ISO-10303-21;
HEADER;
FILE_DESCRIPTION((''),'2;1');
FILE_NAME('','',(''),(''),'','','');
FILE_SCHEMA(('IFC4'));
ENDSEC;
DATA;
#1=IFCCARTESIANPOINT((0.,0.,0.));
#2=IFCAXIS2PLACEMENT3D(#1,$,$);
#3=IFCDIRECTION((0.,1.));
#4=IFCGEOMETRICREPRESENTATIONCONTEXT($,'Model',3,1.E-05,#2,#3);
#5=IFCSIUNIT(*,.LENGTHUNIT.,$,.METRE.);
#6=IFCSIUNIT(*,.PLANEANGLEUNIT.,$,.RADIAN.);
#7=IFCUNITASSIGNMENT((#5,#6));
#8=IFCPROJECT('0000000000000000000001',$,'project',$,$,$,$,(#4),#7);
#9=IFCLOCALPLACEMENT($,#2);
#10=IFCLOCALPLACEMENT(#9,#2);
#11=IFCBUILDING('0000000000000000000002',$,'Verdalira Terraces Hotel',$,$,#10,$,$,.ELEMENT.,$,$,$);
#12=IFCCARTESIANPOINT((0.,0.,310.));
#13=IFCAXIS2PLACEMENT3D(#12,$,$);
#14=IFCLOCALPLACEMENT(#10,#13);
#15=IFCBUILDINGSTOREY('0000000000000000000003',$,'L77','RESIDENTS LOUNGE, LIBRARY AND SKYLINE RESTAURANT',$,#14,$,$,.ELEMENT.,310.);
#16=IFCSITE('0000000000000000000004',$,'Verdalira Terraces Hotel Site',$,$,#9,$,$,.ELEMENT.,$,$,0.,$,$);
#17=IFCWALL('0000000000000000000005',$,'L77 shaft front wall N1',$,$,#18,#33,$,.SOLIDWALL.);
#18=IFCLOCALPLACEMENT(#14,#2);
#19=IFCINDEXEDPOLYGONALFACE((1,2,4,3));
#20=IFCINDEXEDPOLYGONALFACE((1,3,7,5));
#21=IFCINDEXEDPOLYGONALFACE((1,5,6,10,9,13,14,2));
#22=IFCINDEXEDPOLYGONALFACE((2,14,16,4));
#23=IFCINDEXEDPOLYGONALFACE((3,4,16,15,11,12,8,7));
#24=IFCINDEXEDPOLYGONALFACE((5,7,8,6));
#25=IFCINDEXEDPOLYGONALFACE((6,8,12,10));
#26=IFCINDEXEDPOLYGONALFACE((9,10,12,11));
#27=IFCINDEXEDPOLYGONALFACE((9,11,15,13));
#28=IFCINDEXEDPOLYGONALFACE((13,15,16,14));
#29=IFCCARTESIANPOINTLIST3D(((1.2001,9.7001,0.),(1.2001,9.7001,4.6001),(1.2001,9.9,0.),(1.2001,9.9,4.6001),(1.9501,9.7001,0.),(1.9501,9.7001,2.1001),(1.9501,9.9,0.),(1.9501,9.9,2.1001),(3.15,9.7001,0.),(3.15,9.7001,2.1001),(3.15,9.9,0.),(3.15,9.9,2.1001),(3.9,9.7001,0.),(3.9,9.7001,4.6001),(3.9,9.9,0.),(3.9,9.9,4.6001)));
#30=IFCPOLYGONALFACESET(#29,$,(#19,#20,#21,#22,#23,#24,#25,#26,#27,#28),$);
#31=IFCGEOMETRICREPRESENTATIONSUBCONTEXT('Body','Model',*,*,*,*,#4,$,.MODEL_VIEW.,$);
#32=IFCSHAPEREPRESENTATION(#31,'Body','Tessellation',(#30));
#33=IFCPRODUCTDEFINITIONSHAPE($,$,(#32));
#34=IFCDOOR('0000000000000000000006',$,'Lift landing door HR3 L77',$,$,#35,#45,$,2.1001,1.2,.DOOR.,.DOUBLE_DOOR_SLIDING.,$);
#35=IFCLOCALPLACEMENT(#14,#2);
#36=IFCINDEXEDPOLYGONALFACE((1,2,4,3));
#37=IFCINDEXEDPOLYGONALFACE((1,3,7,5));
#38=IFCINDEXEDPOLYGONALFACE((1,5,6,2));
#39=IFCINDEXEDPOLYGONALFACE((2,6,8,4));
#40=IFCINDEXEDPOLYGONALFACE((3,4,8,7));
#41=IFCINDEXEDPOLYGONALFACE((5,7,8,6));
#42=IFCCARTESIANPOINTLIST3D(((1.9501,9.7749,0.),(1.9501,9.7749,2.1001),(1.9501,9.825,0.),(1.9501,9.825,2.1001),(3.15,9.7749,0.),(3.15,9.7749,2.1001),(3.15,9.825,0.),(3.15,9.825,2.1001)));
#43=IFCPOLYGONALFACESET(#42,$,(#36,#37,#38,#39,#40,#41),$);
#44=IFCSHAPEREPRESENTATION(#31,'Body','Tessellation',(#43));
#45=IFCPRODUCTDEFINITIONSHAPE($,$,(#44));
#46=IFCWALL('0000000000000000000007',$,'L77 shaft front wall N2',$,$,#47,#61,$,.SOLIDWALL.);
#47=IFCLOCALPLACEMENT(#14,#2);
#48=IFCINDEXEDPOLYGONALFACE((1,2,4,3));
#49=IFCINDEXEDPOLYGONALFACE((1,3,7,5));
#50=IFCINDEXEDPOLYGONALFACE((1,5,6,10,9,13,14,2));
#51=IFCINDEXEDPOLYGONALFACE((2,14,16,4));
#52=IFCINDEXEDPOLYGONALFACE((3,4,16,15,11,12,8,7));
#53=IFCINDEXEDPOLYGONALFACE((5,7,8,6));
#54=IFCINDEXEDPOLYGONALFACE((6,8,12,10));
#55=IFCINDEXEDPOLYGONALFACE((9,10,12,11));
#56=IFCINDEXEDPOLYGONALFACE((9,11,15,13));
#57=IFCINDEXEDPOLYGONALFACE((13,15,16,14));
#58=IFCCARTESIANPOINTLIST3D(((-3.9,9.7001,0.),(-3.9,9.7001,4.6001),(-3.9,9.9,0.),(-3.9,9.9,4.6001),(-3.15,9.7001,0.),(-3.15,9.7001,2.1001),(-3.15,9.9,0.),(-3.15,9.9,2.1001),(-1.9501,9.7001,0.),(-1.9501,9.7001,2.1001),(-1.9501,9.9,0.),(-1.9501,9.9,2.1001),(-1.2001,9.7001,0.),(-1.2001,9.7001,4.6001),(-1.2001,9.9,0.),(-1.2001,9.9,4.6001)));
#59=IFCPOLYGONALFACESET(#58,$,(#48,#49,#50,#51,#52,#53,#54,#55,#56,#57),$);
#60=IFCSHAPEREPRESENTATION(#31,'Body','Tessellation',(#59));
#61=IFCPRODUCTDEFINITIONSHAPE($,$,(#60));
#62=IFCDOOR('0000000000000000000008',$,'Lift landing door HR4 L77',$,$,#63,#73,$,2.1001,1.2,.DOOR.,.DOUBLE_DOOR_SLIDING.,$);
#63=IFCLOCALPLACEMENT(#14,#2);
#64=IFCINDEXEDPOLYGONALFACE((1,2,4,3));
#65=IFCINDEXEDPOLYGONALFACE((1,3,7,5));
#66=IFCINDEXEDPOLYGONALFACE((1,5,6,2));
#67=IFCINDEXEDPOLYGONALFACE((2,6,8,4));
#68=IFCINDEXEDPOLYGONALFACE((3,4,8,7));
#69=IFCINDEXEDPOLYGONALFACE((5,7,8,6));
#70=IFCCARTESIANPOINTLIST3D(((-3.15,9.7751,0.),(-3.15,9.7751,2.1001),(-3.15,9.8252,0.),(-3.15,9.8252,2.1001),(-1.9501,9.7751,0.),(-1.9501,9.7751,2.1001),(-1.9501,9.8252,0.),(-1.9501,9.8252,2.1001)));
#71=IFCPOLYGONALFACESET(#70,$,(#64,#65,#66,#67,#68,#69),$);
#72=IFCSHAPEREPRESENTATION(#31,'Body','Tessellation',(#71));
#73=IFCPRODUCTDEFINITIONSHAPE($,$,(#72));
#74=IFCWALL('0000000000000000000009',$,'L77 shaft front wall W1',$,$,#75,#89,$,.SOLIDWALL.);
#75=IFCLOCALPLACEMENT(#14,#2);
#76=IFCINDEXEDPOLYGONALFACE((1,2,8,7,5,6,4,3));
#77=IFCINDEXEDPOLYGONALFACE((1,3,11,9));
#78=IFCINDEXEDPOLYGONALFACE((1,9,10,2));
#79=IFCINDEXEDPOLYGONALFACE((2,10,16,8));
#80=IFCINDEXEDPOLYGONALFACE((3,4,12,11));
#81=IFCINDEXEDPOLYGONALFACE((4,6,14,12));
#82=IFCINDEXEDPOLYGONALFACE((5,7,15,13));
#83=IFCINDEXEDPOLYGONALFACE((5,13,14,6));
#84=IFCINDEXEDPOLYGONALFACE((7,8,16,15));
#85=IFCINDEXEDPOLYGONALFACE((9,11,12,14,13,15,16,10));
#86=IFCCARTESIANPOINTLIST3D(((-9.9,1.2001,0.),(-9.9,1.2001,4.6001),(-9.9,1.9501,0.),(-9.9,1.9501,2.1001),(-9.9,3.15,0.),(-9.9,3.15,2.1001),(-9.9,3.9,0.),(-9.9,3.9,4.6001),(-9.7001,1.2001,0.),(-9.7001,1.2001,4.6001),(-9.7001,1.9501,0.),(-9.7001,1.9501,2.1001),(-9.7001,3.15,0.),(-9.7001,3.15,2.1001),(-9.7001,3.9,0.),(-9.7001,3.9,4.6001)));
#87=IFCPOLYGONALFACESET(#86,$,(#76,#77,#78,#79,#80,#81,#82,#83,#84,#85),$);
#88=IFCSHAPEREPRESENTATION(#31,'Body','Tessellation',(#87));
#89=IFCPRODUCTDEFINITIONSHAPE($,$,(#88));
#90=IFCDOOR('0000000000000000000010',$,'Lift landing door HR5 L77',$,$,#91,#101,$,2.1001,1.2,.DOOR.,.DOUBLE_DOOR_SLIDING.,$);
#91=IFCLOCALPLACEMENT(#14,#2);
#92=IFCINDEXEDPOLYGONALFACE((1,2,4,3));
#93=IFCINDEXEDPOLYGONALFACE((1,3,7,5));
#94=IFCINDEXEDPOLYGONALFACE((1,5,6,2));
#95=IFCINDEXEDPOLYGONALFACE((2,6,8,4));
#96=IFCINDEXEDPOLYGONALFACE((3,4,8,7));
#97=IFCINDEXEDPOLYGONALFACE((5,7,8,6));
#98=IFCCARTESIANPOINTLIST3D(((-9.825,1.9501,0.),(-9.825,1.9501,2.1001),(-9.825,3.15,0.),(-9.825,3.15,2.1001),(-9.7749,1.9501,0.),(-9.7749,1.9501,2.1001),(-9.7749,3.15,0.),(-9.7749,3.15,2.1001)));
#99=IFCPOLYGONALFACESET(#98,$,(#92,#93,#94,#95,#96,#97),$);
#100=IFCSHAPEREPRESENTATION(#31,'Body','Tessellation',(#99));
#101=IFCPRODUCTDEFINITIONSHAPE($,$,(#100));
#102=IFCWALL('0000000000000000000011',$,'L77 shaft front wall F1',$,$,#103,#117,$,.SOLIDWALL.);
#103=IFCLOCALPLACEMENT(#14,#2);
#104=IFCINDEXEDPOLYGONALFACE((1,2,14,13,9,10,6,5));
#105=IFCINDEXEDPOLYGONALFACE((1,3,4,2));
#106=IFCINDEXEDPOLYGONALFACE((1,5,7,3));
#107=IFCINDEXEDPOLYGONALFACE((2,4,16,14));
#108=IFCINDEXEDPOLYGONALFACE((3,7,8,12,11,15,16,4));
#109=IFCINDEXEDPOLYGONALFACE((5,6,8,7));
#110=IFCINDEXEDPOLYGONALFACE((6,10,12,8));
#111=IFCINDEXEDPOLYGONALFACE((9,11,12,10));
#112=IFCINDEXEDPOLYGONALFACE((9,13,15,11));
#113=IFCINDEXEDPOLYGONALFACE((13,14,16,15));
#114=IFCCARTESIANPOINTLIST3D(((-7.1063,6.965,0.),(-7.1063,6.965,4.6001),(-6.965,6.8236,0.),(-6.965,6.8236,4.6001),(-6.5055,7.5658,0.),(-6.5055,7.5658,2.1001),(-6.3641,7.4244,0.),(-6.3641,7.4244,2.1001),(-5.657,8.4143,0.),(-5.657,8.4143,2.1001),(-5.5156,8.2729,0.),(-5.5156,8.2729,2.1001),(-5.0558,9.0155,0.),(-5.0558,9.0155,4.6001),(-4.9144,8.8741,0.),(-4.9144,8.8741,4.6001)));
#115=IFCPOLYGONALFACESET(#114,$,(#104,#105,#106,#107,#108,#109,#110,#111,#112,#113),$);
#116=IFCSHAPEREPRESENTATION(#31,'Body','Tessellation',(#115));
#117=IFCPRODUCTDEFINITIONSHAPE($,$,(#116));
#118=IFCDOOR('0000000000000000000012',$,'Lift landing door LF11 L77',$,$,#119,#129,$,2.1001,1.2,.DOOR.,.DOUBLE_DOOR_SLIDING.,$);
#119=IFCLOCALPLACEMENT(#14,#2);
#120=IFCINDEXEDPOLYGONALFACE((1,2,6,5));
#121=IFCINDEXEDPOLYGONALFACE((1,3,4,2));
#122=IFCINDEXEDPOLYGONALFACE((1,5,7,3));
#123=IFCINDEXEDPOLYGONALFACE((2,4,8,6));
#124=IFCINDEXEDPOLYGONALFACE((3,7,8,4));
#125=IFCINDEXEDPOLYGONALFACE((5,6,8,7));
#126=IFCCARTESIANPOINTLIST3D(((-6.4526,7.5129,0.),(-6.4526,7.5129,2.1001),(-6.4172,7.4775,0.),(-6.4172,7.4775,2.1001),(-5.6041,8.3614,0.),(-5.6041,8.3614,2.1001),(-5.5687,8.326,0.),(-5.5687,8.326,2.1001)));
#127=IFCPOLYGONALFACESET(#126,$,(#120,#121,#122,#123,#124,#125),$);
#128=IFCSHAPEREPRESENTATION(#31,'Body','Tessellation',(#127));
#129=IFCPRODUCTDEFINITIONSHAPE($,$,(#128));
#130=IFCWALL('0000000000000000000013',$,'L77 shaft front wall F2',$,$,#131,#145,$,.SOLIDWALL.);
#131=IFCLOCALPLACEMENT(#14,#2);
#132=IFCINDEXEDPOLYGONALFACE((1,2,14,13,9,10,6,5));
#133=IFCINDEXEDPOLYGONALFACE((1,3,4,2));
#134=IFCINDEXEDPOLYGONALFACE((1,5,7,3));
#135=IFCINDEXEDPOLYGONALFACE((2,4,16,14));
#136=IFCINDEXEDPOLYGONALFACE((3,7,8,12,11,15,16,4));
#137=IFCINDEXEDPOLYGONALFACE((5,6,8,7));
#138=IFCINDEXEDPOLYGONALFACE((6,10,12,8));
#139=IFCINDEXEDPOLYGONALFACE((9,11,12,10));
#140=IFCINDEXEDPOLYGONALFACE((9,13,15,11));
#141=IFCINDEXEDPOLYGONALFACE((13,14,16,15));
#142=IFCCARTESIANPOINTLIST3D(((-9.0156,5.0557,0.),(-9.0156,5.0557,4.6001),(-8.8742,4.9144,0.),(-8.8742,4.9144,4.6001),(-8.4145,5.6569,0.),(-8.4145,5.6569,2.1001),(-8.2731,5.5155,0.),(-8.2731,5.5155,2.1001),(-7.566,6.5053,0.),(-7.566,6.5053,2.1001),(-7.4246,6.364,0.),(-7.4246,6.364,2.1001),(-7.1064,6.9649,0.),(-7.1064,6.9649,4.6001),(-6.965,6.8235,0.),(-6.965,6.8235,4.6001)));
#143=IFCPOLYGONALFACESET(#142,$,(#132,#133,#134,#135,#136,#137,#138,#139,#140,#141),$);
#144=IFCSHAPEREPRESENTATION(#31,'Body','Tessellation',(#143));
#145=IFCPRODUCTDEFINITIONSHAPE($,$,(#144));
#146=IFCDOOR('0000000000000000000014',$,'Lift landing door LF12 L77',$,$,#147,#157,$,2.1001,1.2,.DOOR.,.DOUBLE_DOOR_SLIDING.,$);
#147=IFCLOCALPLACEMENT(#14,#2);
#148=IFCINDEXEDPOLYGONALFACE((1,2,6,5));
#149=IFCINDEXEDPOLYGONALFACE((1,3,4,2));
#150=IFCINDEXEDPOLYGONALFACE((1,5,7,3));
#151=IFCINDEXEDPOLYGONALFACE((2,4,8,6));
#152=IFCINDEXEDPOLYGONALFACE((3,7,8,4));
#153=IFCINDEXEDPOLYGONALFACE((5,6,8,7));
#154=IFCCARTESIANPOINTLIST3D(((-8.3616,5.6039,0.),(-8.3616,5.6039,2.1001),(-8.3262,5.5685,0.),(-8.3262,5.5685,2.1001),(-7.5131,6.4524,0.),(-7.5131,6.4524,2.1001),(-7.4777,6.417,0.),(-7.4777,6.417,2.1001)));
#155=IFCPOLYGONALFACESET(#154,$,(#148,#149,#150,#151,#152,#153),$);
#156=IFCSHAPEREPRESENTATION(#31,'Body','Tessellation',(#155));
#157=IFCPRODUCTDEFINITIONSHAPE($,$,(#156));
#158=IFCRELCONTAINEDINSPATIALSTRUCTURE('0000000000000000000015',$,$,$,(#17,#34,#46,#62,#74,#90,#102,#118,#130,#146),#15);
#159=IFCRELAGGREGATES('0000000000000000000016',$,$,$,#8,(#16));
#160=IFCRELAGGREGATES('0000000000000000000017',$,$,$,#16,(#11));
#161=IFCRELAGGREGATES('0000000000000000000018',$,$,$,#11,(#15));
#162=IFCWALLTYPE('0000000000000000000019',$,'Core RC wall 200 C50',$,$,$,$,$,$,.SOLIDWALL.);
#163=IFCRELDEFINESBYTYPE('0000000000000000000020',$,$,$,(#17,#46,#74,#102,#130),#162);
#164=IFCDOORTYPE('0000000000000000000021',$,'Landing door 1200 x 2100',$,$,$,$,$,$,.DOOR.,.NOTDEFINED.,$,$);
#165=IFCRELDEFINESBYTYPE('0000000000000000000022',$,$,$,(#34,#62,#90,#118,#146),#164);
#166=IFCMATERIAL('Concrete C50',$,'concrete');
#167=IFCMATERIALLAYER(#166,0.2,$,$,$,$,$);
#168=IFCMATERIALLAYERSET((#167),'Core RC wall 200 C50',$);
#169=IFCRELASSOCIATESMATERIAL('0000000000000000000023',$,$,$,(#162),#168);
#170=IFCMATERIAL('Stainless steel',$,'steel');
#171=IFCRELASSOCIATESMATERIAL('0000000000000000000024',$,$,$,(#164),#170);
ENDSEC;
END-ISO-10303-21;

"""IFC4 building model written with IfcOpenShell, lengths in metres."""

from ifc_helpers import new_model, si_unit, direction, frame, frame_2d, origin, place, context, subcontext, project, spatial, rectangle, extrude, material, layer, layer_set, type_object, element, fill, save


model = new_model("IFC4")

# Units and contexts
model_context = context("Model", 3, precision=1e-05, world=origin(), true_north=direction((0.0, 1.0)))
body_context = subcontext(model_context, "Body", "Model", "MODEL_VIEW")
ifc_project = project(units=[si_unit("LENGTHUNIT", "METRE"), si_unit("PLANEANGLEUNIT", "RADIAN")], contexts=[model_context])

# Site, building, storey
site_placement = place(None, origin())
site = spatial("IfcSite", under=ifc_project, at=site_placement, Name="Verdalira Terraces Hotel Site", CompositionType="ELEMENT", RefElevation=0.0)
building_placement = place(site_placement, origin())
building = spatial("IfcBuilding", under=site, at=building_placement, Name="Verdalira Terraces Hotel", CompositionType="ELEMENT")
storey_placement = place(building_placement, frame((0.0, 0.0, 310.0)))
storey = spatial("IfcBuildingStorey", under=building, at=storey_placement, Name="L77", Description="RESIDENTS LOUNGE, LIBRARY AND SKYLINE RESTAURANT", CompositionType="ELEMENT", Elevation=310.0)

# Walls, openings, doors
ifc_material_1 = material(Name="Concrete C50", Category="concrete")
ifc_layer_1 = layer(ifc_material_1, 0.2)
ifc_layer_set_1 = layer_set([ifc_layer_1], Name="Core RC wall 200 C50")
wall_type_1 = type_object("IfcWallType", Name="Core RC wall 200 C50", PredefinedType="SOLIDWALL", material=ifc_layer_set_1)
wall_1_placement = place(storey_placement, frame((1.2, 9.8, 0.0), z_axis=(0.0, 0.0, 1.0), x_axis=(1.0, 0.0, 0.0)))
wall_1 = element("IfcWall", 1, at=wall_1_placement, inside=storey, type_object=wall_type_1, Name="L77 shaft front wall N1", PredefinedType="SOLIDWALL", context=body_context, shape_type="SweptSolid", body=[
    extrude(rectangle(XDim=2.7, YDim=0.2, at=frame_2d((1.3501, 0.0))), origin(), (0.0, 0.0, 1.0), 4.6001),
])
opening_1_placement = place(wall_1_placement, frame((0.75, 0.0, 0.0)))
opening_1 = element("IfcOpeningElement", 2, at=opening_1_placement, cuts=wall_1, PredefinedType="OPENING", context=body_context, shape_type="SweptSolid", body=[
    extrude(rectangle(XDim=1.2, YDim=2.1001, at=frame_2d((0.6001, 1.05))), frame((0.0, 0.1099, 0.0), z_axis=(0.0, -1.0, 0.0), x_axis=(1.0, 0.0, 0.0)), (0.0, 0.0, 1.0), 0.22),
])
ifc_material_2 = material(Name="Stainless steel", Category="steel")
door_type_1 = type_object("IfcDoorType", Name="Landing door 1200 x 2100", OperationType="NOTDEFINED", PredefinedType="DOOR", material=ifc_material_2)
door_1_placement = place(opening_1_placement, origin())
door_1 = element("IfcDoor", 3, at=door_1_placement, inside=storey, type_object=door_type_1, Name="Lift landing door HR3 L77", OperationType="DOUBLE_DOOR_SLIDING", OverallHeight=2.1001, OverallWidth=1.2, PredefinedType="DOOR", context=body_context, shape_type="SweptSolid", body=[
    extrude(rectangle(XDim=1.2, YDim=2.1001, at=frame_2d((0.6001, 1.05))), frame((0.0, 0.0249, 0.0), z_axis=(0.0, -1.0, 0.0), x_axis=(1.0, 0.0, 0.0)), (0.0, 0.0, 1.0), 0.05),
])
fill(opening_1, door_1)
wall_2_placement = place(storey_placement, frame((-1.2, 9.8, 0.0), z_axis=(0.0, 0.0, 1.0), x_axis=(-1.0, 0.0, 0.0)))
wall_2 = element("IfcWall", 4, at=wall_2_placement, inside=storey, type_object=wall_type_1, Name="L77 shaft front wall N2", PredefinedType="SOLIDWALL", context=body_context, shape_type="SweptSolid", body=[
    extrude(rectangle(XDim=2.7, YDim=0.2, at=frame_2d((1.3501, 0.0))), origin(), (0.0, 0.0, 1.0), 4.6001),
])
opening_2_placement = place(wall_2_placement, frame((0.75, 0.0, 0.0)))
opening_2 = element("IfcOpeningElement", 5, at=opening_2_placement, cuts=wall_2, PredefinedType="OPENING", context=body_context, shape_type="SweptSolid", body=[
    extrude(rectangle(XDim=1.2, YDim=2.1001, at=frame_2d((0.6001, 1.05))), frame((0.0, 0.1099, 0.0), z_axis=(0.0, -1.0, 0.0), x_axis=(1.0, 0.0, 0.0)), (0.0, 0.0, 1.0), 0.22),
])
door_2_placement = place(opening_2_placement, origin())
door_2 = element("IfcDoor", 6, at=door_2_placement, inside=storey, type_object=door_type_1, Name="Lift landing door HR4 L77", OperationType="DOUBLE_DOOR_SLIDING", OverallHeight=2.1001, OverallWidth=1.2, PredefinedType="DOOR", context=body_context, shape_type="SweptSolid", body=[
    extrude(rectangle(XDim=1.2, YDim=2.1001, at=frame_2d((0.6001, 1.05))), frame((0.0, 0.0249, 0.0), z_axis=(0.0, -1.0, 0.0), x_axis=(1.0, 0.0, 0.0)), (0.0, 0.0, 1.0), 0.05),
])
fill(opening_2, door_2)
wall_3_placement = place(storey_placement, frame((-9.8, 1.2, 0.0), z_axis=(0.0, 0.0, 1.0), x_axis=(0.0, 1.0, 0.0)))
wall_3 = element("IfcWall", 7, at=wall_3_placement, inside=storey, type_object=wall_type_1, Name="L77 shaft front wall W1", PredefinedType="SOLIDWALL", context=body_context, shape_type="SweptSolid", body=[
    extrude(rectangle(XDim=2.7, YDim=0.2, at=frame_2d((1.3501, 0.0))), origin(), (0.0, 0.0, 1.0), 4.6001),
])
opening_3_placement = place(wall_3_placement, frame((0.75, 0.0, 0.0)))
opening_3 = element("IfcOpeningElement", 8, at=opening_3_placement, cuts=wall_3, PredefinedType="OPENING", context=body_context, shape_type="SweptSolid", body=[
    extrude(rectangle(XDim=1.2, YDim=2.1001, at=frame_2d((0.6001, 1.05))), frame((0.0, 0.1099, 0.0), z_axis=(0.0, -1.0, 0.0), x_axis=(1.0, 0.0, 0.0)), (0.0, 0.0, 1.0), 0.22),
])
door_3_placement = place(opening_3_placement, origin())
door_3 = element("IfcDoor", 9, at=door_3_placement, inside=storey, type_object=door_type_1, Name="Lift landing door HR5 L77", OperationType="DOUBLE_DOOR_SLIDING", OverallHeight=2.1001, OverallWidth=1.2, PredefinedType="DOOR", context=body_context, shape_type="SweptSolid", body=[
    extrude(rectangle(XDim=1.2, YDim=2.1001, at=frame_2d((0.6001, 1.05))), frame((0.0, 0.0249, 0.0), z_axis=(0.0, -1.0, 0.0), x_axis=(1.0, 0.0, 0.0)), (0.0, 0.0, 1.0), 0.05),
])
fill(opening_3, door_3)
wall_4_placement = place(storey_placement, frame((-4.9851, 8.9448, 0.0), z_axis=(0.0, 0.0, 1.0), x_axis=(-0.707107, -0.707107, 0.0)))
wall_4 = element("IfcWall", 10, at=wall_4_placement, inside=storey, type_object=wall_type_1, Name="L77 shaft front wall F1", PredefinedType="SOLIDWALL", context=body_context, shape_type="SweptSolid", body=[
    extrude(rectangle(XDim=2.8999, YDim=0.2, at=frame_2d((1.45, 0.0))), origin(), (0.0, 0.0, 1.0), 4.6001),
])
opening_4_placement = place(wall_4_placement, frame((0.8501, 0.0, 0.0)))
opening_4 = element("IfcOpeningElement", 11, at=opening_4_placement, cuts=wall_4, PredefinedType="OPENING", context=body_context, shape_type="SweptSolid", body=[
    extrude(rectangle(XDim=1.2, YDim=2.1001, at=frame_2d((0.6001, 1.05))), frame((0.0, 0.1099, 0.0), z_axis=(0.0, -1.0, 0.0), x_axis=(1.0, 0.0, 0.0)), (0.0, 0.0, 1.0), 0.22),
])
door_4_placement = place(opening_4_placement, origin())
door_4 = element("IfcDoor", 12, at=door_4_placement, inside=storey, type_object=door_type_1, Name="Lift landing door LF11 L77", OperationType="DOUBLE_DOOR_SLIDING", OverallHeight=2.1001, OverallWidth=1.2, PredefinedType="DOOR", context=body_context, shape_type="SweptSolid", body=[
    extrude(rectangle(XDim=1.2, YDim=2.1001, at=frame_2d((0.6001, 1.05))), frame((0.0, 0.0249, 0.0), z_axis=(0.0, -1.0, 0.0), x_axis=(1.0, 0.0, 0.0)), (0.0, 0.0, 1.0), 0.05),
])
fill(opening_4, door_4)
wall_5_placement = place(storey_placement, frame((-7.0356, 6.8943, 0.0), z_axis=(0.0, 0.0, 1.0), x_axis=(-0.707107, -0.707107, 0.0)))
wall_5 = element("IfcWall", 13, at=wall_5_placement, inside=storey, type_object=wall_type_1, Name="L77 shaft front wall F2", PredefinedType="SOLIDWALL", context=body_context, shape_type="SweptSolid", body=[
    extrude(rectangle(XDim=2.7, YDim=0.2, at=frame_2d((1.3501, 0.0))), origin(), (0.0, 0.0, 1.0), 4.6001),
])
opening_5_placement = place(wall_5_placement, frame((0.6499, 0.0, 0.0)))
opening_5 = element("IfcOpeningElement", 14, at=opening_5_placement, cuts=wall_5, PredefinedType="OPENING", context=body_context, shape_type="SweptSolid", body=[
    extrude(rectangle(XDim=1.2, YDim=2.1001, at=frame_2d((0.6001, 1.05))), frame((0.0, 0.1099, 0.0), z_axis=(0.0, -1.0, 0.0), x_axis=(1.0, 0.0, 0.0)), (0.0, 0.0, 1.0), 0.22),
])
door_5_placement = place(opening_5_placement, origin())
door_5 = element("IfcDoor", 15, at=door_5_placement, inside=storey, type_object=door_type_1, Name="Lift landing door LF12 L77", OperationType="DOUBLE_DOOR_SLIDING", OverallHeight=2.1001, OverallWidth=1.2, PredefinedType="DOOR", context=body_context, shape_type="SweptSolid", body=[
    extrude(rectangle(XDim=1.2, YDim=2.1001, at=frame_2d((0.6001, 1.05))), frame((0.0, 0.0249, 0.0), z_axis=(0.0, -1.0, 0.0), x_axis=(1.0, 0.0, 0.0)), (0.0, 0.0, 1.0), 0.05),
])
fill(opening_5, door_5)

save(model, "model.ifc")
